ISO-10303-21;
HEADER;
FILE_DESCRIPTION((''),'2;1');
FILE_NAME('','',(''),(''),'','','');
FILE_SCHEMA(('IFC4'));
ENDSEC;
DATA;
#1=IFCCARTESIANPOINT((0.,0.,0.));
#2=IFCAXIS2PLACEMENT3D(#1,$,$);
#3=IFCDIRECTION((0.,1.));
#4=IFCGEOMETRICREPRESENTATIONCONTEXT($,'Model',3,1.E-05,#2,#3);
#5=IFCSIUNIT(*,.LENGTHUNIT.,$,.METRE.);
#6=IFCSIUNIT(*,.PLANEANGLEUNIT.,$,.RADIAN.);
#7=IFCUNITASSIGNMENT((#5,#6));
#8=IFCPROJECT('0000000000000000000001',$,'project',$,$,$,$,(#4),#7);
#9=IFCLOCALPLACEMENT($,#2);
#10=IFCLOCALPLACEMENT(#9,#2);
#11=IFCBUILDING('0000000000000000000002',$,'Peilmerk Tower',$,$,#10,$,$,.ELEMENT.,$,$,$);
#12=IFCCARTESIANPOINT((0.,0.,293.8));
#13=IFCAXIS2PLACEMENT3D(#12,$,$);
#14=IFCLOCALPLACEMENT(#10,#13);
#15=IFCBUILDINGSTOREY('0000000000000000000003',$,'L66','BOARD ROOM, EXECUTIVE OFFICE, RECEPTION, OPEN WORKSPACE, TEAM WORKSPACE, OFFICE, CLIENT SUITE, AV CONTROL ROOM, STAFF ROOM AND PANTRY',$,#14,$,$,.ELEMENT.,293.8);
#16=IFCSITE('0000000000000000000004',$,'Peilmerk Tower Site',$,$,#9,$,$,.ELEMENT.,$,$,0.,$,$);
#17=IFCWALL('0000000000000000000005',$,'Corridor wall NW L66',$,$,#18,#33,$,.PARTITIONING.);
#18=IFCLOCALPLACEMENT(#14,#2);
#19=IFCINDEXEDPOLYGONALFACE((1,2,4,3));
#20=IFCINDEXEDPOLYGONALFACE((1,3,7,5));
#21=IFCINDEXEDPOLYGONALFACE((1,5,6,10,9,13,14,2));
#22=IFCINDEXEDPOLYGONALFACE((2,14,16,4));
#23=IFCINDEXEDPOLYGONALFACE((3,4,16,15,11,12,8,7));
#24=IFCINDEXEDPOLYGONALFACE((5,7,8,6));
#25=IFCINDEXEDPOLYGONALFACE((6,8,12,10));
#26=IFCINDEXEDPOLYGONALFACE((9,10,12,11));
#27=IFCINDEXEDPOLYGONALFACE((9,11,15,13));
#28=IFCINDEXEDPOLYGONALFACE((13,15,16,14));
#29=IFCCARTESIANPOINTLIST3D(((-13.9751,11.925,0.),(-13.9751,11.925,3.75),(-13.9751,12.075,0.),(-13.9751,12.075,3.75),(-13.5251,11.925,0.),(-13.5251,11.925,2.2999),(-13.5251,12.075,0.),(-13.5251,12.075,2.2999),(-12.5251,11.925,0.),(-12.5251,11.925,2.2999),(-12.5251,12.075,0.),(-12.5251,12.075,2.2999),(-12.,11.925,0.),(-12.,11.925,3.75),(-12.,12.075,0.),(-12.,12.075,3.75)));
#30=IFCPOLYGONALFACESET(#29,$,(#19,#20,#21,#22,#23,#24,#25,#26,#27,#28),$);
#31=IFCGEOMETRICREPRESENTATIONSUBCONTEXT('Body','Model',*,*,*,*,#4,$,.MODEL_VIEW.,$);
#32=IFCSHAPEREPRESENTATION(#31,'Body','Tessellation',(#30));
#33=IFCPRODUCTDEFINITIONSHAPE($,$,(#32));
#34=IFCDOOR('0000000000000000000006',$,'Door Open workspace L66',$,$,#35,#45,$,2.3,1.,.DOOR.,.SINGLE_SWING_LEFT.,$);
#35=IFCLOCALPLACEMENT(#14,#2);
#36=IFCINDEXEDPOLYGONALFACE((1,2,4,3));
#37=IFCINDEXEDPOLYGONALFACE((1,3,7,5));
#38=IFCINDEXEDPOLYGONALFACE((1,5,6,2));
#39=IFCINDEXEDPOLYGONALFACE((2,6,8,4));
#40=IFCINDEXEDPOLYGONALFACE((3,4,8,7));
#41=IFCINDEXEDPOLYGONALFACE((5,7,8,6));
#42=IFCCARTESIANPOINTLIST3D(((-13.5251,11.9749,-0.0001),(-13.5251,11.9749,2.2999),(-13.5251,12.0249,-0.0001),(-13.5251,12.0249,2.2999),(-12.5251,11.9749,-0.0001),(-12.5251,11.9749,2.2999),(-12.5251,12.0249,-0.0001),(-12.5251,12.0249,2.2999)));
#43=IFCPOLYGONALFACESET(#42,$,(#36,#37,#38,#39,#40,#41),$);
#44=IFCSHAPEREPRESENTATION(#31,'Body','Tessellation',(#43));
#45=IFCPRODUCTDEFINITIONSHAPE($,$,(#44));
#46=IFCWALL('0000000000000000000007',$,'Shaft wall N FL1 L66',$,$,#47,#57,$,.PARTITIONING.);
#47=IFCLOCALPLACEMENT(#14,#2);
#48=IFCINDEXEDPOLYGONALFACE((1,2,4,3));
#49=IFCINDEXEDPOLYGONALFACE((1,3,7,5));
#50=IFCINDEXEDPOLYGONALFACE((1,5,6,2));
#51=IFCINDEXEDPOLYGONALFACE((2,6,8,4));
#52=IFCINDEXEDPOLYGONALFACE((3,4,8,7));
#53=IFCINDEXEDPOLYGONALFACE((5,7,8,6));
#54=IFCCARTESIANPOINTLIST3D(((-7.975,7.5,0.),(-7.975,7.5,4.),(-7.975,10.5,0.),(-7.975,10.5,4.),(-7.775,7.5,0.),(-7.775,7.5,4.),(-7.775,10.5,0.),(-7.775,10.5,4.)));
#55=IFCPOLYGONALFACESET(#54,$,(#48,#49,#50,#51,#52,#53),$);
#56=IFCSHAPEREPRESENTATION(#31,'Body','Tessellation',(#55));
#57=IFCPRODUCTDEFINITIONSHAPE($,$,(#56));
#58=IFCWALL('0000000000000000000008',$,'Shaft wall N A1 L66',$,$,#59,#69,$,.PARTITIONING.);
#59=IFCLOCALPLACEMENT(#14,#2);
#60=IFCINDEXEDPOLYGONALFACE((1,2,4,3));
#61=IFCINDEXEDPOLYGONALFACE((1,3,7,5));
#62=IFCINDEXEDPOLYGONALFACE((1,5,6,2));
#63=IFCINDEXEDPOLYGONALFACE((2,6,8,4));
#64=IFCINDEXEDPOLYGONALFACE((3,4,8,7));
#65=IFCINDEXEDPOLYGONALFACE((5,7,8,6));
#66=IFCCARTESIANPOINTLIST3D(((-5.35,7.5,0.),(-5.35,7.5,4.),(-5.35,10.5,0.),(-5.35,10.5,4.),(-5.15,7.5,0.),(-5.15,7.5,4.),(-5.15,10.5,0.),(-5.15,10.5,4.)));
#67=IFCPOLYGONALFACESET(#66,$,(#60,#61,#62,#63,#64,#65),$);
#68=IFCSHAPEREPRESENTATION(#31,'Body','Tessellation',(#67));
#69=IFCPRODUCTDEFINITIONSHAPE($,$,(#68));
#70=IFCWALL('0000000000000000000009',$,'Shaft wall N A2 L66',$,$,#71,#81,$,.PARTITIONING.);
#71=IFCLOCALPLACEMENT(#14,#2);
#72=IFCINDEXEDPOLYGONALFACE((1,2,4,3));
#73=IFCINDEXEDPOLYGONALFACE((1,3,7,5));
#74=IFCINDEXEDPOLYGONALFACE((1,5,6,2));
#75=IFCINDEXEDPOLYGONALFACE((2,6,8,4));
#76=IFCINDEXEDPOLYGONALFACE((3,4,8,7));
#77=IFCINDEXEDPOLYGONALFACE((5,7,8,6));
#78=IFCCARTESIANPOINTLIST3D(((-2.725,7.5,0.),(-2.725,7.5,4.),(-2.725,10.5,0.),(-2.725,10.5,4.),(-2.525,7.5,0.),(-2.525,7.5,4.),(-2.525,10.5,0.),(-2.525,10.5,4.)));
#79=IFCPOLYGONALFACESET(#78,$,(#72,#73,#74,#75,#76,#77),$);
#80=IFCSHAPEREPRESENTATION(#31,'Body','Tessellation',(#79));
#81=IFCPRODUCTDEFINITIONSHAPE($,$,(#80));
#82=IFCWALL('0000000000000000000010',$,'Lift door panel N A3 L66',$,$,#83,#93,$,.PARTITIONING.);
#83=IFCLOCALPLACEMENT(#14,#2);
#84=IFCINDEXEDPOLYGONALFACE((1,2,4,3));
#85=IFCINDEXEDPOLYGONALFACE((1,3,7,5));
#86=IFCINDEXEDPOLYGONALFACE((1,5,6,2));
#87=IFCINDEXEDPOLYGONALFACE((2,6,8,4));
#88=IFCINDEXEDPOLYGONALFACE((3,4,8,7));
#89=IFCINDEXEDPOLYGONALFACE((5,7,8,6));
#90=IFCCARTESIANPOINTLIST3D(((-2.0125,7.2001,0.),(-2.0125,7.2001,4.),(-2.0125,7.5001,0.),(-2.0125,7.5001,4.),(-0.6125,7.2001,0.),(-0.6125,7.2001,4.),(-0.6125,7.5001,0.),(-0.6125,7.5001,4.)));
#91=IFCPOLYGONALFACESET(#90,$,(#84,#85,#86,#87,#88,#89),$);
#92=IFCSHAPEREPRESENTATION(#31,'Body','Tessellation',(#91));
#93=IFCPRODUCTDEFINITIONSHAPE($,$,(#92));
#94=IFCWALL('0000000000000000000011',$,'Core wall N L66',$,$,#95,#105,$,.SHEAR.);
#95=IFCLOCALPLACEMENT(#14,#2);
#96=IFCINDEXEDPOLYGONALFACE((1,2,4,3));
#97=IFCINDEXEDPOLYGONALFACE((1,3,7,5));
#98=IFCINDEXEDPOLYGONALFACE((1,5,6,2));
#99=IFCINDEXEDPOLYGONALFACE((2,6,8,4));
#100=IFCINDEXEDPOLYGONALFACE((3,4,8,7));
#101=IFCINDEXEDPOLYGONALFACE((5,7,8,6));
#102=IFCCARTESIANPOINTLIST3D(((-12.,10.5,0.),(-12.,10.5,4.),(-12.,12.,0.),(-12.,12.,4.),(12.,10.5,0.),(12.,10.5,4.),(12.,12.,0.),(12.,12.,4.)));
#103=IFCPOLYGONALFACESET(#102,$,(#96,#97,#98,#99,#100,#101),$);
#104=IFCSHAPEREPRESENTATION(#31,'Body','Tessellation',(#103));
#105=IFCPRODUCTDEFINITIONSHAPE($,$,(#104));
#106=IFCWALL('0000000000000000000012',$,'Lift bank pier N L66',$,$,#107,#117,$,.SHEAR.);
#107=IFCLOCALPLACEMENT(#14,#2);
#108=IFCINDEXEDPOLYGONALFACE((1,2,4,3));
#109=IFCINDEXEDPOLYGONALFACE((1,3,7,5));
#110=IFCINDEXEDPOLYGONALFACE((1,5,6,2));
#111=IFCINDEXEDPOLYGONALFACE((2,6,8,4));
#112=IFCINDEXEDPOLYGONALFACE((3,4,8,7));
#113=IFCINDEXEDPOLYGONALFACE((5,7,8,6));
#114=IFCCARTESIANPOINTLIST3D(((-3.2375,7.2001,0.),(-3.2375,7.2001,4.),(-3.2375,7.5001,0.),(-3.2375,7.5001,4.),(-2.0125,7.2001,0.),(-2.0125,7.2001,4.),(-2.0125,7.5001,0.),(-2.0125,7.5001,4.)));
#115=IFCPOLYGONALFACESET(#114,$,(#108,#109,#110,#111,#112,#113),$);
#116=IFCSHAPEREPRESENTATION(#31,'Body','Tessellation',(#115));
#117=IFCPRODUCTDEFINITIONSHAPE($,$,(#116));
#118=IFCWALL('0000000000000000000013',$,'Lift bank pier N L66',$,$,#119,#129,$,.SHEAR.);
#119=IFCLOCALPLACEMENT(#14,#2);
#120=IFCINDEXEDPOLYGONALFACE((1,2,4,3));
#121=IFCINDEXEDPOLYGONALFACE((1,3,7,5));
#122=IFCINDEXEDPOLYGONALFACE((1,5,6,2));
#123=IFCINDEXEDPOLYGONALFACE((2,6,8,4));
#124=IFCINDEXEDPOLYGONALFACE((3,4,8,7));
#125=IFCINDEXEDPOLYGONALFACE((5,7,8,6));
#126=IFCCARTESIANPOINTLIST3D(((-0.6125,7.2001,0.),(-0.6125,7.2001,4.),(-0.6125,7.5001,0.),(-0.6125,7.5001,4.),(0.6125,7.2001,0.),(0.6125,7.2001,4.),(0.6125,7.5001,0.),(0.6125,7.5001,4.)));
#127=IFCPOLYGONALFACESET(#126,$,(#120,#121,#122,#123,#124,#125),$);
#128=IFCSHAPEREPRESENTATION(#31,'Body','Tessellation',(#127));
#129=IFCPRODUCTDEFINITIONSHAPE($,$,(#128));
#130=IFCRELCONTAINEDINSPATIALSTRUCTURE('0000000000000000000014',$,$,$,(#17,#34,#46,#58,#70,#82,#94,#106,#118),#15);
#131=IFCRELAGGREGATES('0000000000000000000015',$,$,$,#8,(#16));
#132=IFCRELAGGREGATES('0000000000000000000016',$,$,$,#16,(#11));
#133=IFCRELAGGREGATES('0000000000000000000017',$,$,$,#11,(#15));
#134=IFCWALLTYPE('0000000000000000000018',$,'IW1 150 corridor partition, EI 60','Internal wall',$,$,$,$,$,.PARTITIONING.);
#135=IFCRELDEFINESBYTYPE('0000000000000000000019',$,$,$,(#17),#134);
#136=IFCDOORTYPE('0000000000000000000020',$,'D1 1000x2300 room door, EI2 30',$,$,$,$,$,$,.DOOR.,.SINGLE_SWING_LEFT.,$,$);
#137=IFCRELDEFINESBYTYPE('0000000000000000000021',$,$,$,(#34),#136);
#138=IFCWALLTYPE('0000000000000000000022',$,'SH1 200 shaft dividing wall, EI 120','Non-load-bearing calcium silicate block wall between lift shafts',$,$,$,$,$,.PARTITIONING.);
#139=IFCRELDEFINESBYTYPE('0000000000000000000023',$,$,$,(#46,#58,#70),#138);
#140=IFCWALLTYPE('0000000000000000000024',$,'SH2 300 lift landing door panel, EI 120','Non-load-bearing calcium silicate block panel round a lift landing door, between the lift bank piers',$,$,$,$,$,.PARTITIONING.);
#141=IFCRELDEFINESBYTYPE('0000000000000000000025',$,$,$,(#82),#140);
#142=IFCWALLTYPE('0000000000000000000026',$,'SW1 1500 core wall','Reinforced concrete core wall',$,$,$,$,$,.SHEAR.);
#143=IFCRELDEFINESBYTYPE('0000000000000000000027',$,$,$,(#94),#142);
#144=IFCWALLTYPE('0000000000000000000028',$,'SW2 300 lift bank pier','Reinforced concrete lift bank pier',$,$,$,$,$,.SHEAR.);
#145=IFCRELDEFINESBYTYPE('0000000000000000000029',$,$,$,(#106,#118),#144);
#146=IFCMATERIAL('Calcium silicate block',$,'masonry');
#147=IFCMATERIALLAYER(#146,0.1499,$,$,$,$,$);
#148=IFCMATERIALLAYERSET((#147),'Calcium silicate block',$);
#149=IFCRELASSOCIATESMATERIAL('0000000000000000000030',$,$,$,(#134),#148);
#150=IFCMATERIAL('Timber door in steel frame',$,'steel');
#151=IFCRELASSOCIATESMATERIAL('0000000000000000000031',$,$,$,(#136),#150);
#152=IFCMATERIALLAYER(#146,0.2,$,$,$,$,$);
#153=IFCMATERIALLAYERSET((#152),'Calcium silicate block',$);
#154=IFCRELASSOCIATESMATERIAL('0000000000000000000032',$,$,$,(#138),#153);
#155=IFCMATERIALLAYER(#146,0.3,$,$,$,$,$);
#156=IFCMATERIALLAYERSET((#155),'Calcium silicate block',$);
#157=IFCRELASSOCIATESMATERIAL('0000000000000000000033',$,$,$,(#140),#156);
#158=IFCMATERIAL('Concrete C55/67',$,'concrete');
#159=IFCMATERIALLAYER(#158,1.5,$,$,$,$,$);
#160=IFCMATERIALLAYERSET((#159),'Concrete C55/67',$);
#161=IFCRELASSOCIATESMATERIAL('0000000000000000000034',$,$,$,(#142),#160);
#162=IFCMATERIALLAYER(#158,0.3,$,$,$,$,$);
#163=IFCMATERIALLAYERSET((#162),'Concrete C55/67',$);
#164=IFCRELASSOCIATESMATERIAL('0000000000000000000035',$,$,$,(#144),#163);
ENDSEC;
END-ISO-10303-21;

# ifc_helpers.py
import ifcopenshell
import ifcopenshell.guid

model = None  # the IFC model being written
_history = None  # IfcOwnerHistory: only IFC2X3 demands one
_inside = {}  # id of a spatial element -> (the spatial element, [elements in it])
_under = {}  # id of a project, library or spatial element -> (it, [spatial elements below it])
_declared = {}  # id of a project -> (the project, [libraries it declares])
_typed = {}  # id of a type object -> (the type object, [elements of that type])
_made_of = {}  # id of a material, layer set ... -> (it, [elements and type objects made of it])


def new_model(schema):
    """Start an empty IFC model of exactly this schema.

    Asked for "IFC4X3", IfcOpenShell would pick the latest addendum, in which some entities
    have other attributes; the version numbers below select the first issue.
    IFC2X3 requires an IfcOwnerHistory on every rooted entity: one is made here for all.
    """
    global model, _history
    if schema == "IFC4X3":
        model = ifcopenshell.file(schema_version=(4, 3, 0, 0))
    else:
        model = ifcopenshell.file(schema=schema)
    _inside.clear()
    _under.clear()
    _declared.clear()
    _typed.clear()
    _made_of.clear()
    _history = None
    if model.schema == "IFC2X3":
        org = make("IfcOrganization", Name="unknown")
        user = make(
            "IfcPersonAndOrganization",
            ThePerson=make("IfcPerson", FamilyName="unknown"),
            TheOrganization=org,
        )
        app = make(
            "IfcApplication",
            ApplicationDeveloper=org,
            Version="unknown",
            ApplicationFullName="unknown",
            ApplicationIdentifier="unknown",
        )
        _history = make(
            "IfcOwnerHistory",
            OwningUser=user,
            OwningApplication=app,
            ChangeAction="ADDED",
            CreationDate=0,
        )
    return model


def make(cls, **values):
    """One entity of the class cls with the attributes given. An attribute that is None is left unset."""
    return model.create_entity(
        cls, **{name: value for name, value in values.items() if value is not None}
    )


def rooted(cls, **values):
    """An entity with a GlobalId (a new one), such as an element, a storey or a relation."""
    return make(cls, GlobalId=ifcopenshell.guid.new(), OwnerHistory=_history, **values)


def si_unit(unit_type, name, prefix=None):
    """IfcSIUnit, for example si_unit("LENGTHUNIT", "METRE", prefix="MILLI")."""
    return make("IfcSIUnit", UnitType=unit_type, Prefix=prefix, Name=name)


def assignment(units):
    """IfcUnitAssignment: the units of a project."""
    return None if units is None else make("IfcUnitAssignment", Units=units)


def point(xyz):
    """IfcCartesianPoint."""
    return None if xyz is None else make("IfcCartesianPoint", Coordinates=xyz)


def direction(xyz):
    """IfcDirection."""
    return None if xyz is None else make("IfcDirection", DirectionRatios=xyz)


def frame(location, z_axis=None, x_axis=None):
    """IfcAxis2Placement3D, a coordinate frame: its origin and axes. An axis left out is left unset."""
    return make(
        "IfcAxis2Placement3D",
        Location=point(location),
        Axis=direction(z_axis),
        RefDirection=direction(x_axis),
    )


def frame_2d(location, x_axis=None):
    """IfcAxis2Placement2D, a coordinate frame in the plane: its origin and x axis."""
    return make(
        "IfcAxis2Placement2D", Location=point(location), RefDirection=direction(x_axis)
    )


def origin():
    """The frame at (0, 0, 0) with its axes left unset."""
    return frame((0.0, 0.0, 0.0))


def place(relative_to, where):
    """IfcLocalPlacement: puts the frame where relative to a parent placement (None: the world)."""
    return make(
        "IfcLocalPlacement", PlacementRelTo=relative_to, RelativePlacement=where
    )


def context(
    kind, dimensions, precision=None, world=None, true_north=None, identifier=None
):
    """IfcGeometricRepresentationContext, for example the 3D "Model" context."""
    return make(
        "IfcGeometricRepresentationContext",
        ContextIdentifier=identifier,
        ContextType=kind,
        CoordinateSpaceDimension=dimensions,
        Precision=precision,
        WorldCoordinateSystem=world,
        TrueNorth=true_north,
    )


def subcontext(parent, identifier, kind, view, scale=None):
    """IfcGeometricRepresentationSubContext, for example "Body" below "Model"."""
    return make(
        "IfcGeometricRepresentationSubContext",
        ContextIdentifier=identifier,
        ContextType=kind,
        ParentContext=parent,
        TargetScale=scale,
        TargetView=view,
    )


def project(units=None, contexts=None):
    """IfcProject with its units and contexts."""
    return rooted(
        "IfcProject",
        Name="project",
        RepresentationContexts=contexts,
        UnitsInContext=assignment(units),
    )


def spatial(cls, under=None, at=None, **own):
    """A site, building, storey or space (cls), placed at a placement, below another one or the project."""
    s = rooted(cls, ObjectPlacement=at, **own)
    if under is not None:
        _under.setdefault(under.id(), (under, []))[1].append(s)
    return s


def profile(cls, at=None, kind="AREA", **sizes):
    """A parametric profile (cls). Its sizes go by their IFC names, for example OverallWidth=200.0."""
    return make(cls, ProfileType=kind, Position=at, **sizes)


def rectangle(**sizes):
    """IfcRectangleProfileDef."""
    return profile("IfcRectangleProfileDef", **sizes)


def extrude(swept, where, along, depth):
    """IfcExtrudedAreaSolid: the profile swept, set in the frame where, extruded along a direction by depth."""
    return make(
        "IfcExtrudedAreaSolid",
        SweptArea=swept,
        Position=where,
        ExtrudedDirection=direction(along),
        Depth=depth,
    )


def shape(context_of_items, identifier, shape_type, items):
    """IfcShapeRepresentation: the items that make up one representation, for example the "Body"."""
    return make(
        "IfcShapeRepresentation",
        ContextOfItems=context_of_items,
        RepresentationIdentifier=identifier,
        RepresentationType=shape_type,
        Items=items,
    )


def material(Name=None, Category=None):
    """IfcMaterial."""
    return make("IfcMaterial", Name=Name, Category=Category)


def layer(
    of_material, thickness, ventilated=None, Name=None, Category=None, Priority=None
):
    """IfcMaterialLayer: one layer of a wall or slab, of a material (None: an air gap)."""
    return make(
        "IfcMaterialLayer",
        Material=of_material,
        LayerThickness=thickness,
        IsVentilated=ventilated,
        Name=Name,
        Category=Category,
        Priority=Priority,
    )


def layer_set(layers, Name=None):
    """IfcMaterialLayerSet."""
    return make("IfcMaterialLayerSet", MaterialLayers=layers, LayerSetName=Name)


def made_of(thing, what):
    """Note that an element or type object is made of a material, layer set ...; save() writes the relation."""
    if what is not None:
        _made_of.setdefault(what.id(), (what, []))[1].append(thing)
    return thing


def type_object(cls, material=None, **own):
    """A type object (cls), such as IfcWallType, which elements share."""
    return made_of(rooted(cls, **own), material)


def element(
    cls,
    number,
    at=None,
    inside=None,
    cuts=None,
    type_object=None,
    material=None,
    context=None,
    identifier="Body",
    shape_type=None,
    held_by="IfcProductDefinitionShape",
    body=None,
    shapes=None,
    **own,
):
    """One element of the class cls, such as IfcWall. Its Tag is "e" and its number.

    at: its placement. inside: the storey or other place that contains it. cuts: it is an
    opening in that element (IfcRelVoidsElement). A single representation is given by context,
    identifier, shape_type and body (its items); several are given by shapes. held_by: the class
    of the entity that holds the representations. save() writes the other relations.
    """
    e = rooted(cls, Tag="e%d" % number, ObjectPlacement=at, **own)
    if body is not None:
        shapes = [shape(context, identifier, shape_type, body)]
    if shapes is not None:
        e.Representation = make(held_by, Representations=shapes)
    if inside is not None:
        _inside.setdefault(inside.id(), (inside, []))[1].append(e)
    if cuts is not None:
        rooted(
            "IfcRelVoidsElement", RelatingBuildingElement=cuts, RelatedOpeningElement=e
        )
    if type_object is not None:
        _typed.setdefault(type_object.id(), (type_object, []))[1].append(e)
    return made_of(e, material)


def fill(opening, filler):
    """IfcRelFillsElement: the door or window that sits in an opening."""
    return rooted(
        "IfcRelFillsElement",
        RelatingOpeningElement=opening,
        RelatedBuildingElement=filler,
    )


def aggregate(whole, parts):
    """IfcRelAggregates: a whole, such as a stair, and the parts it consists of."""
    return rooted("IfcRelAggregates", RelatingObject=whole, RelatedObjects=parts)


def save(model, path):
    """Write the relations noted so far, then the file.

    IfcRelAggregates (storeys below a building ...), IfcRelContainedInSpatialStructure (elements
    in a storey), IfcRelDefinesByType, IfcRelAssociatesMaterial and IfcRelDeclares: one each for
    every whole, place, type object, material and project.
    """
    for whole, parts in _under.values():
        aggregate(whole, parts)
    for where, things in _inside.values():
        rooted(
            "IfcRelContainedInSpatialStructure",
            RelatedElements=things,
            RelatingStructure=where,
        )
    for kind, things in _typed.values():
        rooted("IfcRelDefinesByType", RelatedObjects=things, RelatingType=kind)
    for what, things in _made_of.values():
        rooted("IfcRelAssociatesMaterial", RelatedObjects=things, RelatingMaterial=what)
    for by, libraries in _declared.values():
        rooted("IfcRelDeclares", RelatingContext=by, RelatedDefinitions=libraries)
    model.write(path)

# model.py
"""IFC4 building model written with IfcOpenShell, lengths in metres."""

from ifc_helpers import new_model, si_unit, direction, frame, frame_2d, origin, place, context, subcontext, project, spatial, rectangle, extrude, material, layer, layer_set, type_object, element, fill, save


model = new_model("IFC4")

# Units and contexts
model_context = context("Model", 3, precision=1e-05, world=origin(), true_north=direction((0.0, 1.0)))
body_context = subcontext(model_context, "Body", "Model", "MODEL_VIEW")
ifc_project = project(units=[si_unit("LENGTHUNIT", "METRE"), si_unit("PLANEANGLEUNIT", "RADIAN")], contexts=[model_context])

# Site, building, storey
site_placement = place(None, origin())
site = spatial("IfcSite", under=ifc_project, at=site_placement, Name="Peilmerk Tower Site", CompositionType="ELEMENT", RefElevation=0.0)
building_placement = place(site_placement, origin())
building = spatial("IfcBuilding", under=site, at=building_placement, Name="Peilmerk Tower", CompositionType="ELEMENT")
storey_placement = place(building_placement, frame((0.0, 0.0, 293.8)))
storey = spatial("IfcBuildingStorey", under=building, at=storey_placement, Name="L66", Description="BOARD ROOM, EXECUTIVE OFFICE, RECEPTION, OPEN WORKSPACE, TEAM WORKSPACE, OFFICE, CLIENT SUITE, AV CONTROL ROOM, STAFF ROOM AND PANTRY", CompositionType="ELEMENT", Elevation=293.8)

# Shared definitions
ifc_material_1 = material(Name="Calcium silicate block", Category="masonry")
ifc_layer_1 = layer(ifc_material_1, 0.1499)
ifc_layer_set_1 = layer_set([ifc_layer_1], Name="Calcium silicate block")
wall_type_1 = type_object("IfcWallType", Name="IW1 150 corridor partition, EI 60", Description="Internal wall", PredefinedType="PARTITIONING", material=ifc_layer_set_1)
ifc_material_2 = material(Name="Timber door in steel frame", Category="steel")
door_type_1 = type_object("IfcDoorType", Name="D1 1000x2300 room door, EI2 30", OperationType="SINGLE_SWING_LEFT", PredefinedType="DOOR", material=ifc_material_2)

# Wall, opening, door
wall_1_placement = place(storey_placement, frame((-13.9751, 12.0, 0.0), z_axis=(0.0, 0.0, 1.0), x_axis=(1.0, 0.0, 0.0)))
wall_1 = element("IfcWall", 1, at=wall_1_placement, inside=storey, type_object=wall_type_1, Name="Corridor wall NW L66", PredefinedType="PARTITIONING", context=body_context, shape_type="SweptSolid", body=[
    extrude(rectangle(XDim=1.9751, YDim=0.1499, at=frame_2d((0.9875, 0.0))), origin(), (0.0, 0.0, 1.0), 3.75),
])
opening_1_placement = place(wall_1_placement, frame((0.45, 0.0, 0.0)))
opening_1 = element("IfcOpeningElement", 2, at=opening_1_placement, cuts=wall_1, PredefinedType="OPENING", context=body_context, shape_type="SweptSolid", body=[
    extrude(rectangle(XDim=1.0, YDim=2.3, at=frame_2d((0.5, 1.1499))), frame((0.0, 0.085, 0.0), z_axis=(0.0, -1.0, 0.0), x_axis=(1.0, 0.0, 0.0)), (0.0, 0.0, 1.0), 0.1699),
])
door_1_placement = place(opening_1_placement, origin())
door_1 = element("IfcDoor", 3, at=door_1_placement, inside=storey, type_object=door_type_1, Name="Door Open workspace L66", OperationType="SINGLE_SWING_LEFT", OverallHeight=2.3, OverallWidth=1.0, PredefinedType="DOOR", context=body_context, shape_type="SweptSolid", body=[
    extrude(rectangle(XDim=1.0, YDim=2.3, at=frame_2d((0.5, 1.1499))), frame((0.0, 0.0249, 0.0), z_axis=(0.0, -1.0, 0.0), x_axis=(1.0, 0.0, 0.0)), (0.0, 0.0, 1.0), 0.05),
])
fill(opening_1, door_1)

# Walls
ifc_layer_2 = layer(ifc_material_1, 0.2)
ifc_layer_set_2 = layer_set([ifc_layer_2], Name="Calcium silicate block")
wall_type_2 = type_object("IfcWallType", Name="SH1 200 shaft dividing wall, EI 120", Description="Non-load-bearing calcium silicate block wall between lift shafts", PredefinedType="PARTITIONING", material=ifc_layer_set_2)
for number, where, z_axis, x_axis, name in (
    (4, (-7.875, 7.5, 0.0), (0.0, 0.0, 1.0), (0.0, 1.0, 0.0), "Shaft wall N FL1 L66"),
    (5, (-5.25, 7.5, 0.0), (0.0, 0.0, 1.0), (0.0, 1.0, 0.0), "Shaft wall N A1 L66"),
    (6, (-2.625, 7.5, 0.0), (0.0, 0.0, 1.0), (0.0, 1.0, 0.0), "Shaft wall N A2 L66"),
):
    element("IfcWall", number, at=place(storey_placement, frame(where, z_axis=z_axis, x_axis=x_axis)), inside=storey, type_object=wall_type_2, Name=name, PredefinedType="PARTITIONING", context=body_context, shape_type="SweptSolid", body=[
        extrude(rectangle(XDim=3.0, YDim=0.2, at=frame_2d((1.5, 0.0))), origin(), (0.0, 0.0, 1.0), 4.0),
    ])
ifc_layer_3 = layer(ifc_material_1, 0.3)
ifc_layer_set_3 = layer_set([ifc_layer_3], Name="Calcium silicate block")
wall_type_3 = type_object("IfcWallType", Name="SH2 300 lift landing door panel, EI 120", Description="Non-load-bearing calcium silicate block panel round a lift landing door, between the lift bank piers", PredefinedType="PARTITIONING", material=ifc_layer_set_3)
wall_2_placement = place(storey_placement, frame((-2.0125, 7.3501, 0.0), z_axis=(0.0, 0.0, 1.0), x_axis=(1.0, 0.0, 0.0)))
element("IfcWall", 7, at=wall_2_placement, inside=storey, type_object=wall_type_3, Name="Lift door panel N A3 L66", PredefinedType="PARTITIONING", context=body_context, shape_type="SweptSolid", body=[
    extrude(rectangle(XDim=1.3999, YDim=0.3, at=frame_2d((0.7, 0.0))), origin(), (0.0, 0.0, 1.0), 4.0),
])
ifc_material_3 = material(Name="Concrete C55/67", Category="concrete")
ifc_layer_4 = layer(ifc_material_3, 1.5)
ifc_layer_set_4 = layer_set([ifc_layer_4], Name="Concrete C55/67")
wall_type_4 = type_object("IfcWallType", Name="SW1 1500 core wall", Description="Reinforced concrete core wall", PredefinedType="SHEAR", material=ifc_layer_set_4)
wall_3_placement = place(storey_placement, frame((-12.0, 11.25, 0.0), z_axis=(0.0, 0.0, 1.0), x_axis=(1.0, 0.0, 0.0)))
element("IfcWall", 8, at=wall_3_placement, inside=storey, type_object=wall_type_4, Name="Core wall N L66", PredefinedType="SHEAR", context=body_context, shape_type="SweptSolid", body=[
    extrude(rectangle(XDim=24.0, YDim=1.5, at=frame_2d((12.0, 0.0))), origin(), (0.0, 0.0, 1.0), 4.0),
])
ifc_layer_5 = layer(ifc_material_3, 0.3)
ifc_layer_set_5 = layer_set([ifc_layer_5], Name="Concrete C55/67")
wall_type_5 = type_object("IfcWallType", Name="SW2 300 lift bank pier", Description="Reinforced concrete lift bank pier", PredefinedType="SHEAR", material=ifc_layer_set_5)
for number, where, z_axis, x_axis, name in (
    (9, (-3.2375, 7.3501, 0.0), (0.0, 0.0, 1.0), (1.0, 0.0, 0.0), "Lift bank pier N L66"),
    (10, (-0.6125, 7.3501, 0.0), (0.0, 0.0, 1.0), (1.0, 0.0, 0.0), "Lift bank pier N L66"),
):
    element("IfcWall", number, at=place(storey_placement, frame(where, z_axis=z_axis, x_axis=x_axis)), inside=storey, type_object=wall_type_5, Name=name, PredefinedType="SHEAR", context=body_context, shape_type="SweptSolid", body=[
        extrude(rectangle(XDim=1.2251, YDim=0.3, at=frame_2d((0.6125, 0.0))), origin(), (0.0, 0.0, 1.0), 4.0),
    ])

save(model, "model.ifc")
